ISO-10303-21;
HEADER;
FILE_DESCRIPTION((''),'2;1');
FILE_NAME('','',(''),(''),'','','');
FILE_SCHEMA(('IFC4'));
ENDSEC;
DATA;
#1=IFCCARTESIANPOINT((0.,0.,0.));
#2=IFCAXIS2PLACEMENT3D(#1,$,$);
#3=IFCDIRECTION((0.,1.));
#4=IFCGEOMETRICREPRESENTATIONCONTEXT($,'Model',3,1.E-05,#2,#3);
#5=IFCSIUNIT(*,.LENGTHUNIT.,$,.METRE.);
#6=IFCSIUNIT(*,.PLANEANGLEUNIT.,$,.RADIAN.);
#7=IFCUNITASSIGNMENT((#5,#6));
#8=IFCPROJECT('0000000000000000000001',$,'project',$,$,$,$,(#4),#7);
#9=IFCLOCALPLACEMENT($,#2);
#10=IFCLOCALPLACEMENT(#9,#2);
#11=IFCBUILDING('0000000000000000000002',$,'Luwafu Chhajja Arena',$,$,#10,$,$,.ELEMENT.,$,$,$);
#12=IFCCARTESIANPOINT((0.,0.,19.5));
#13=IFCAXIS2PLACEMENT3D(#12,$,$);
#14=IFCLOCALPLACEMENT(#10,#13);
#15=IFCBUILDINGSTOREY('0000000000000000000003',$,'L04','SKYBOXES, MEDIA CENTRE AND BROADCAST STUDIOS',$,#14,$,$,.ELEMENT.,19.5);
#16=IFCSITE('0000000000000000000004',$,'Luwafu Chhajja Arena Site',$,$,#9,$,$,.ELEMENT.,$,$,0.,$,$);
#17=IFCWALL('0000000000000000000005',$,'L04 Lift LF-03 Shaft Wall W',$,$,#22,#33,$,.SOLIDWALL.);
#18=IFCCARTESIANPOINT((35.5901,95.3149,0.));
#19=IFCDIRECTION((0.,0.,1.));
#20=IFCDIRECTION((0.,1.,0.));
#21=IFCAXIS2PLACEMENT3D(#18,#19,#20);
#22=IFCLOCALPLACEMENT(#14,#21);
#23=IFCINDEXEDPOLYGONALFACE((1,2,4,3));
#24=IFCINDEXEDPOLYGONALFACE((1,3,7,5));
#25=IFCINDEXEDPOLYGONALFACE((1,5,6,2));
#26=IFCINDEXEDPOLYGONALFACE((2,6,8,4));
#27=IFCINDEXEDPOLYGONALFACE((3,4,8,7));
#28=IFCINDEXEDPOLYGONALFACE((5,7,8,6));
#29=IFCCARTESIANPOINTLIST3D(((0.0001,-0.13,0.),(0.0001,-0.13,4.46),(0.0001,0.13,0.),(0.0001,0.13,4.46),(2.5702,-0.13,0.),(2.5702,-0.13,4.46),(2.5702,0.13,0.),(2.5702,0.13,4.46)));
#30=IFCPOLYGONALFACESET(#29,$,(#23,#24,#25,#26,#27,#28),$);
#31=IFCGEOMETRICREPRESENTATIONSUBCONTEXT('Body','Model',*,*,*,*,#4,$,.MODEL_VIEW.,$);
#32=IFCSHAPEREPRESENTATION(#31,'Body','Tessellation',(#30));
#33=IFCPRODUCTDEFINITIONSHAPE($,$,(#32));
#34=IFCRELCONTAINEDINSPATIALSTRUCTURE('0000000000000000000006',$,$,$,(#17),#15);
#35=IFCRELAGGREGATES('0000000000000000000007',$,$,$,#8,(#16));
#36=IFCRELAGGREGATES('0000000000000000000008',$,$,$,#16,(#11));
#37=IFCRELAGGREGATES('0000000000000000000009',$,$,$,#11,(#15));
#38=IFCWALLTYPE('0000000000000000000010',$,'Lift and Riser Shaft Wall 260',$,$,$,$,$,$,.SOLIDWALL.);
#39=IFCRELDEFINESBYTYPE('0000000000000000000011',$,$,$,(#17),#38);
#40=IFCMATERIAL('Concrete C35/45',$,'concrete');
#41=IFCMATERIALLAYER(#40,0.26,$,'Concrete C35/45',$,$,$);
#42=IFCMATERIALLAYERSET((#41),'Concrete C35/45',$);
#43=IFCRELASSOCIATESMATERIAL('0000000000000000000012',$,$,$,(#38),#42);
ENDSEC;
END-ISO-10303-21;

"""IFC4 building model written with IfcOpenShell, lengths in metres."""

from ifc_helpers import new_model, si_unit, direction, frame, frame_2d, origin, place, context, subcontext, project, spatial, rectangle, extrude, material, layer, layer_set, type_object, element, save


model = new_model("IFC4")

# Units and contexts
model_context = context("Model", 3, precision=1e-05, world=origin(), true_north=direction((0.0, 1.0)))
body_context = subcontext(model_context, "Body", "Model", "MODEL_VIEW")
ifc_project = project(units=[si_unit("LENGTHUNIT", "METRE"), si_unit("PLANEANGLEUNIT", "RADIAN")], contexts=[model_context])

# Site, building, storey
site_placement = place(None, origin())
site = spatial("IfcSite", under=ifc_project, at=site_placement, Name="Luwafu Chhajja Arena Site", CompositionType="ELEMENT", RefElevation=0.0)
building_placement = place(site_placement, origin())
building = spatial("IfcBuilding", under=site, at=building_placement, Name="Luwafu Chhajja Arena", CompositionType="ELEMENT")
storey_placement = place(building_placement, frame((0.0, 0.0, 19.5)))
storey = spatial("IfcBuildingStorey", under=building, at=storey_placement, Name="L04", Description="SKYBOXES, MEDIA CENTRE AND BROADCAST STUDIOS", CompositionType="ELEMENT", Elevation=19.5)

# Shared definitions
ifc_material_1 = material(Name="Concrete C35/45", Category="concrete")

# Shared definitions
ifc_layer_1 = layer(ifc_material_1, 0.26, Name="Concrete C35/45")
ifc_layer_set_1 = layer_set([ifc_layer_1], Name="Concrete C35/45")
wall_type_1 = type_object("IfcWallType", Name="Lift and Riser Shaft Wall 260", PredefinedType="SOLIDWALL", material=ifc_layer_set_1)

# Wall
wall_1_placement = place(storey_placement, frame((35.5901, 95.3149, 0.0), z_axis=(0.0, 0.0, 1.0), x_axis=(0.0, 1.0, 0.0)))
element("IfcWall", 1, at=wall_1_placement, inside=storey, type_object=wall_type_1, Name="L04 Lift LF-03 Shaft Wall W", PredefinedType="SOLIDWALL", context=body_context, shape_type="SweptSolid", body=[
    extrude(rectangle(XDim=2.5701, YDim=0.26, at=frame_2d((1.2852, 0.0))), origin(), (0.0, 0.0, 1.0), 4.46),
])

save(model, "model.ifc")
